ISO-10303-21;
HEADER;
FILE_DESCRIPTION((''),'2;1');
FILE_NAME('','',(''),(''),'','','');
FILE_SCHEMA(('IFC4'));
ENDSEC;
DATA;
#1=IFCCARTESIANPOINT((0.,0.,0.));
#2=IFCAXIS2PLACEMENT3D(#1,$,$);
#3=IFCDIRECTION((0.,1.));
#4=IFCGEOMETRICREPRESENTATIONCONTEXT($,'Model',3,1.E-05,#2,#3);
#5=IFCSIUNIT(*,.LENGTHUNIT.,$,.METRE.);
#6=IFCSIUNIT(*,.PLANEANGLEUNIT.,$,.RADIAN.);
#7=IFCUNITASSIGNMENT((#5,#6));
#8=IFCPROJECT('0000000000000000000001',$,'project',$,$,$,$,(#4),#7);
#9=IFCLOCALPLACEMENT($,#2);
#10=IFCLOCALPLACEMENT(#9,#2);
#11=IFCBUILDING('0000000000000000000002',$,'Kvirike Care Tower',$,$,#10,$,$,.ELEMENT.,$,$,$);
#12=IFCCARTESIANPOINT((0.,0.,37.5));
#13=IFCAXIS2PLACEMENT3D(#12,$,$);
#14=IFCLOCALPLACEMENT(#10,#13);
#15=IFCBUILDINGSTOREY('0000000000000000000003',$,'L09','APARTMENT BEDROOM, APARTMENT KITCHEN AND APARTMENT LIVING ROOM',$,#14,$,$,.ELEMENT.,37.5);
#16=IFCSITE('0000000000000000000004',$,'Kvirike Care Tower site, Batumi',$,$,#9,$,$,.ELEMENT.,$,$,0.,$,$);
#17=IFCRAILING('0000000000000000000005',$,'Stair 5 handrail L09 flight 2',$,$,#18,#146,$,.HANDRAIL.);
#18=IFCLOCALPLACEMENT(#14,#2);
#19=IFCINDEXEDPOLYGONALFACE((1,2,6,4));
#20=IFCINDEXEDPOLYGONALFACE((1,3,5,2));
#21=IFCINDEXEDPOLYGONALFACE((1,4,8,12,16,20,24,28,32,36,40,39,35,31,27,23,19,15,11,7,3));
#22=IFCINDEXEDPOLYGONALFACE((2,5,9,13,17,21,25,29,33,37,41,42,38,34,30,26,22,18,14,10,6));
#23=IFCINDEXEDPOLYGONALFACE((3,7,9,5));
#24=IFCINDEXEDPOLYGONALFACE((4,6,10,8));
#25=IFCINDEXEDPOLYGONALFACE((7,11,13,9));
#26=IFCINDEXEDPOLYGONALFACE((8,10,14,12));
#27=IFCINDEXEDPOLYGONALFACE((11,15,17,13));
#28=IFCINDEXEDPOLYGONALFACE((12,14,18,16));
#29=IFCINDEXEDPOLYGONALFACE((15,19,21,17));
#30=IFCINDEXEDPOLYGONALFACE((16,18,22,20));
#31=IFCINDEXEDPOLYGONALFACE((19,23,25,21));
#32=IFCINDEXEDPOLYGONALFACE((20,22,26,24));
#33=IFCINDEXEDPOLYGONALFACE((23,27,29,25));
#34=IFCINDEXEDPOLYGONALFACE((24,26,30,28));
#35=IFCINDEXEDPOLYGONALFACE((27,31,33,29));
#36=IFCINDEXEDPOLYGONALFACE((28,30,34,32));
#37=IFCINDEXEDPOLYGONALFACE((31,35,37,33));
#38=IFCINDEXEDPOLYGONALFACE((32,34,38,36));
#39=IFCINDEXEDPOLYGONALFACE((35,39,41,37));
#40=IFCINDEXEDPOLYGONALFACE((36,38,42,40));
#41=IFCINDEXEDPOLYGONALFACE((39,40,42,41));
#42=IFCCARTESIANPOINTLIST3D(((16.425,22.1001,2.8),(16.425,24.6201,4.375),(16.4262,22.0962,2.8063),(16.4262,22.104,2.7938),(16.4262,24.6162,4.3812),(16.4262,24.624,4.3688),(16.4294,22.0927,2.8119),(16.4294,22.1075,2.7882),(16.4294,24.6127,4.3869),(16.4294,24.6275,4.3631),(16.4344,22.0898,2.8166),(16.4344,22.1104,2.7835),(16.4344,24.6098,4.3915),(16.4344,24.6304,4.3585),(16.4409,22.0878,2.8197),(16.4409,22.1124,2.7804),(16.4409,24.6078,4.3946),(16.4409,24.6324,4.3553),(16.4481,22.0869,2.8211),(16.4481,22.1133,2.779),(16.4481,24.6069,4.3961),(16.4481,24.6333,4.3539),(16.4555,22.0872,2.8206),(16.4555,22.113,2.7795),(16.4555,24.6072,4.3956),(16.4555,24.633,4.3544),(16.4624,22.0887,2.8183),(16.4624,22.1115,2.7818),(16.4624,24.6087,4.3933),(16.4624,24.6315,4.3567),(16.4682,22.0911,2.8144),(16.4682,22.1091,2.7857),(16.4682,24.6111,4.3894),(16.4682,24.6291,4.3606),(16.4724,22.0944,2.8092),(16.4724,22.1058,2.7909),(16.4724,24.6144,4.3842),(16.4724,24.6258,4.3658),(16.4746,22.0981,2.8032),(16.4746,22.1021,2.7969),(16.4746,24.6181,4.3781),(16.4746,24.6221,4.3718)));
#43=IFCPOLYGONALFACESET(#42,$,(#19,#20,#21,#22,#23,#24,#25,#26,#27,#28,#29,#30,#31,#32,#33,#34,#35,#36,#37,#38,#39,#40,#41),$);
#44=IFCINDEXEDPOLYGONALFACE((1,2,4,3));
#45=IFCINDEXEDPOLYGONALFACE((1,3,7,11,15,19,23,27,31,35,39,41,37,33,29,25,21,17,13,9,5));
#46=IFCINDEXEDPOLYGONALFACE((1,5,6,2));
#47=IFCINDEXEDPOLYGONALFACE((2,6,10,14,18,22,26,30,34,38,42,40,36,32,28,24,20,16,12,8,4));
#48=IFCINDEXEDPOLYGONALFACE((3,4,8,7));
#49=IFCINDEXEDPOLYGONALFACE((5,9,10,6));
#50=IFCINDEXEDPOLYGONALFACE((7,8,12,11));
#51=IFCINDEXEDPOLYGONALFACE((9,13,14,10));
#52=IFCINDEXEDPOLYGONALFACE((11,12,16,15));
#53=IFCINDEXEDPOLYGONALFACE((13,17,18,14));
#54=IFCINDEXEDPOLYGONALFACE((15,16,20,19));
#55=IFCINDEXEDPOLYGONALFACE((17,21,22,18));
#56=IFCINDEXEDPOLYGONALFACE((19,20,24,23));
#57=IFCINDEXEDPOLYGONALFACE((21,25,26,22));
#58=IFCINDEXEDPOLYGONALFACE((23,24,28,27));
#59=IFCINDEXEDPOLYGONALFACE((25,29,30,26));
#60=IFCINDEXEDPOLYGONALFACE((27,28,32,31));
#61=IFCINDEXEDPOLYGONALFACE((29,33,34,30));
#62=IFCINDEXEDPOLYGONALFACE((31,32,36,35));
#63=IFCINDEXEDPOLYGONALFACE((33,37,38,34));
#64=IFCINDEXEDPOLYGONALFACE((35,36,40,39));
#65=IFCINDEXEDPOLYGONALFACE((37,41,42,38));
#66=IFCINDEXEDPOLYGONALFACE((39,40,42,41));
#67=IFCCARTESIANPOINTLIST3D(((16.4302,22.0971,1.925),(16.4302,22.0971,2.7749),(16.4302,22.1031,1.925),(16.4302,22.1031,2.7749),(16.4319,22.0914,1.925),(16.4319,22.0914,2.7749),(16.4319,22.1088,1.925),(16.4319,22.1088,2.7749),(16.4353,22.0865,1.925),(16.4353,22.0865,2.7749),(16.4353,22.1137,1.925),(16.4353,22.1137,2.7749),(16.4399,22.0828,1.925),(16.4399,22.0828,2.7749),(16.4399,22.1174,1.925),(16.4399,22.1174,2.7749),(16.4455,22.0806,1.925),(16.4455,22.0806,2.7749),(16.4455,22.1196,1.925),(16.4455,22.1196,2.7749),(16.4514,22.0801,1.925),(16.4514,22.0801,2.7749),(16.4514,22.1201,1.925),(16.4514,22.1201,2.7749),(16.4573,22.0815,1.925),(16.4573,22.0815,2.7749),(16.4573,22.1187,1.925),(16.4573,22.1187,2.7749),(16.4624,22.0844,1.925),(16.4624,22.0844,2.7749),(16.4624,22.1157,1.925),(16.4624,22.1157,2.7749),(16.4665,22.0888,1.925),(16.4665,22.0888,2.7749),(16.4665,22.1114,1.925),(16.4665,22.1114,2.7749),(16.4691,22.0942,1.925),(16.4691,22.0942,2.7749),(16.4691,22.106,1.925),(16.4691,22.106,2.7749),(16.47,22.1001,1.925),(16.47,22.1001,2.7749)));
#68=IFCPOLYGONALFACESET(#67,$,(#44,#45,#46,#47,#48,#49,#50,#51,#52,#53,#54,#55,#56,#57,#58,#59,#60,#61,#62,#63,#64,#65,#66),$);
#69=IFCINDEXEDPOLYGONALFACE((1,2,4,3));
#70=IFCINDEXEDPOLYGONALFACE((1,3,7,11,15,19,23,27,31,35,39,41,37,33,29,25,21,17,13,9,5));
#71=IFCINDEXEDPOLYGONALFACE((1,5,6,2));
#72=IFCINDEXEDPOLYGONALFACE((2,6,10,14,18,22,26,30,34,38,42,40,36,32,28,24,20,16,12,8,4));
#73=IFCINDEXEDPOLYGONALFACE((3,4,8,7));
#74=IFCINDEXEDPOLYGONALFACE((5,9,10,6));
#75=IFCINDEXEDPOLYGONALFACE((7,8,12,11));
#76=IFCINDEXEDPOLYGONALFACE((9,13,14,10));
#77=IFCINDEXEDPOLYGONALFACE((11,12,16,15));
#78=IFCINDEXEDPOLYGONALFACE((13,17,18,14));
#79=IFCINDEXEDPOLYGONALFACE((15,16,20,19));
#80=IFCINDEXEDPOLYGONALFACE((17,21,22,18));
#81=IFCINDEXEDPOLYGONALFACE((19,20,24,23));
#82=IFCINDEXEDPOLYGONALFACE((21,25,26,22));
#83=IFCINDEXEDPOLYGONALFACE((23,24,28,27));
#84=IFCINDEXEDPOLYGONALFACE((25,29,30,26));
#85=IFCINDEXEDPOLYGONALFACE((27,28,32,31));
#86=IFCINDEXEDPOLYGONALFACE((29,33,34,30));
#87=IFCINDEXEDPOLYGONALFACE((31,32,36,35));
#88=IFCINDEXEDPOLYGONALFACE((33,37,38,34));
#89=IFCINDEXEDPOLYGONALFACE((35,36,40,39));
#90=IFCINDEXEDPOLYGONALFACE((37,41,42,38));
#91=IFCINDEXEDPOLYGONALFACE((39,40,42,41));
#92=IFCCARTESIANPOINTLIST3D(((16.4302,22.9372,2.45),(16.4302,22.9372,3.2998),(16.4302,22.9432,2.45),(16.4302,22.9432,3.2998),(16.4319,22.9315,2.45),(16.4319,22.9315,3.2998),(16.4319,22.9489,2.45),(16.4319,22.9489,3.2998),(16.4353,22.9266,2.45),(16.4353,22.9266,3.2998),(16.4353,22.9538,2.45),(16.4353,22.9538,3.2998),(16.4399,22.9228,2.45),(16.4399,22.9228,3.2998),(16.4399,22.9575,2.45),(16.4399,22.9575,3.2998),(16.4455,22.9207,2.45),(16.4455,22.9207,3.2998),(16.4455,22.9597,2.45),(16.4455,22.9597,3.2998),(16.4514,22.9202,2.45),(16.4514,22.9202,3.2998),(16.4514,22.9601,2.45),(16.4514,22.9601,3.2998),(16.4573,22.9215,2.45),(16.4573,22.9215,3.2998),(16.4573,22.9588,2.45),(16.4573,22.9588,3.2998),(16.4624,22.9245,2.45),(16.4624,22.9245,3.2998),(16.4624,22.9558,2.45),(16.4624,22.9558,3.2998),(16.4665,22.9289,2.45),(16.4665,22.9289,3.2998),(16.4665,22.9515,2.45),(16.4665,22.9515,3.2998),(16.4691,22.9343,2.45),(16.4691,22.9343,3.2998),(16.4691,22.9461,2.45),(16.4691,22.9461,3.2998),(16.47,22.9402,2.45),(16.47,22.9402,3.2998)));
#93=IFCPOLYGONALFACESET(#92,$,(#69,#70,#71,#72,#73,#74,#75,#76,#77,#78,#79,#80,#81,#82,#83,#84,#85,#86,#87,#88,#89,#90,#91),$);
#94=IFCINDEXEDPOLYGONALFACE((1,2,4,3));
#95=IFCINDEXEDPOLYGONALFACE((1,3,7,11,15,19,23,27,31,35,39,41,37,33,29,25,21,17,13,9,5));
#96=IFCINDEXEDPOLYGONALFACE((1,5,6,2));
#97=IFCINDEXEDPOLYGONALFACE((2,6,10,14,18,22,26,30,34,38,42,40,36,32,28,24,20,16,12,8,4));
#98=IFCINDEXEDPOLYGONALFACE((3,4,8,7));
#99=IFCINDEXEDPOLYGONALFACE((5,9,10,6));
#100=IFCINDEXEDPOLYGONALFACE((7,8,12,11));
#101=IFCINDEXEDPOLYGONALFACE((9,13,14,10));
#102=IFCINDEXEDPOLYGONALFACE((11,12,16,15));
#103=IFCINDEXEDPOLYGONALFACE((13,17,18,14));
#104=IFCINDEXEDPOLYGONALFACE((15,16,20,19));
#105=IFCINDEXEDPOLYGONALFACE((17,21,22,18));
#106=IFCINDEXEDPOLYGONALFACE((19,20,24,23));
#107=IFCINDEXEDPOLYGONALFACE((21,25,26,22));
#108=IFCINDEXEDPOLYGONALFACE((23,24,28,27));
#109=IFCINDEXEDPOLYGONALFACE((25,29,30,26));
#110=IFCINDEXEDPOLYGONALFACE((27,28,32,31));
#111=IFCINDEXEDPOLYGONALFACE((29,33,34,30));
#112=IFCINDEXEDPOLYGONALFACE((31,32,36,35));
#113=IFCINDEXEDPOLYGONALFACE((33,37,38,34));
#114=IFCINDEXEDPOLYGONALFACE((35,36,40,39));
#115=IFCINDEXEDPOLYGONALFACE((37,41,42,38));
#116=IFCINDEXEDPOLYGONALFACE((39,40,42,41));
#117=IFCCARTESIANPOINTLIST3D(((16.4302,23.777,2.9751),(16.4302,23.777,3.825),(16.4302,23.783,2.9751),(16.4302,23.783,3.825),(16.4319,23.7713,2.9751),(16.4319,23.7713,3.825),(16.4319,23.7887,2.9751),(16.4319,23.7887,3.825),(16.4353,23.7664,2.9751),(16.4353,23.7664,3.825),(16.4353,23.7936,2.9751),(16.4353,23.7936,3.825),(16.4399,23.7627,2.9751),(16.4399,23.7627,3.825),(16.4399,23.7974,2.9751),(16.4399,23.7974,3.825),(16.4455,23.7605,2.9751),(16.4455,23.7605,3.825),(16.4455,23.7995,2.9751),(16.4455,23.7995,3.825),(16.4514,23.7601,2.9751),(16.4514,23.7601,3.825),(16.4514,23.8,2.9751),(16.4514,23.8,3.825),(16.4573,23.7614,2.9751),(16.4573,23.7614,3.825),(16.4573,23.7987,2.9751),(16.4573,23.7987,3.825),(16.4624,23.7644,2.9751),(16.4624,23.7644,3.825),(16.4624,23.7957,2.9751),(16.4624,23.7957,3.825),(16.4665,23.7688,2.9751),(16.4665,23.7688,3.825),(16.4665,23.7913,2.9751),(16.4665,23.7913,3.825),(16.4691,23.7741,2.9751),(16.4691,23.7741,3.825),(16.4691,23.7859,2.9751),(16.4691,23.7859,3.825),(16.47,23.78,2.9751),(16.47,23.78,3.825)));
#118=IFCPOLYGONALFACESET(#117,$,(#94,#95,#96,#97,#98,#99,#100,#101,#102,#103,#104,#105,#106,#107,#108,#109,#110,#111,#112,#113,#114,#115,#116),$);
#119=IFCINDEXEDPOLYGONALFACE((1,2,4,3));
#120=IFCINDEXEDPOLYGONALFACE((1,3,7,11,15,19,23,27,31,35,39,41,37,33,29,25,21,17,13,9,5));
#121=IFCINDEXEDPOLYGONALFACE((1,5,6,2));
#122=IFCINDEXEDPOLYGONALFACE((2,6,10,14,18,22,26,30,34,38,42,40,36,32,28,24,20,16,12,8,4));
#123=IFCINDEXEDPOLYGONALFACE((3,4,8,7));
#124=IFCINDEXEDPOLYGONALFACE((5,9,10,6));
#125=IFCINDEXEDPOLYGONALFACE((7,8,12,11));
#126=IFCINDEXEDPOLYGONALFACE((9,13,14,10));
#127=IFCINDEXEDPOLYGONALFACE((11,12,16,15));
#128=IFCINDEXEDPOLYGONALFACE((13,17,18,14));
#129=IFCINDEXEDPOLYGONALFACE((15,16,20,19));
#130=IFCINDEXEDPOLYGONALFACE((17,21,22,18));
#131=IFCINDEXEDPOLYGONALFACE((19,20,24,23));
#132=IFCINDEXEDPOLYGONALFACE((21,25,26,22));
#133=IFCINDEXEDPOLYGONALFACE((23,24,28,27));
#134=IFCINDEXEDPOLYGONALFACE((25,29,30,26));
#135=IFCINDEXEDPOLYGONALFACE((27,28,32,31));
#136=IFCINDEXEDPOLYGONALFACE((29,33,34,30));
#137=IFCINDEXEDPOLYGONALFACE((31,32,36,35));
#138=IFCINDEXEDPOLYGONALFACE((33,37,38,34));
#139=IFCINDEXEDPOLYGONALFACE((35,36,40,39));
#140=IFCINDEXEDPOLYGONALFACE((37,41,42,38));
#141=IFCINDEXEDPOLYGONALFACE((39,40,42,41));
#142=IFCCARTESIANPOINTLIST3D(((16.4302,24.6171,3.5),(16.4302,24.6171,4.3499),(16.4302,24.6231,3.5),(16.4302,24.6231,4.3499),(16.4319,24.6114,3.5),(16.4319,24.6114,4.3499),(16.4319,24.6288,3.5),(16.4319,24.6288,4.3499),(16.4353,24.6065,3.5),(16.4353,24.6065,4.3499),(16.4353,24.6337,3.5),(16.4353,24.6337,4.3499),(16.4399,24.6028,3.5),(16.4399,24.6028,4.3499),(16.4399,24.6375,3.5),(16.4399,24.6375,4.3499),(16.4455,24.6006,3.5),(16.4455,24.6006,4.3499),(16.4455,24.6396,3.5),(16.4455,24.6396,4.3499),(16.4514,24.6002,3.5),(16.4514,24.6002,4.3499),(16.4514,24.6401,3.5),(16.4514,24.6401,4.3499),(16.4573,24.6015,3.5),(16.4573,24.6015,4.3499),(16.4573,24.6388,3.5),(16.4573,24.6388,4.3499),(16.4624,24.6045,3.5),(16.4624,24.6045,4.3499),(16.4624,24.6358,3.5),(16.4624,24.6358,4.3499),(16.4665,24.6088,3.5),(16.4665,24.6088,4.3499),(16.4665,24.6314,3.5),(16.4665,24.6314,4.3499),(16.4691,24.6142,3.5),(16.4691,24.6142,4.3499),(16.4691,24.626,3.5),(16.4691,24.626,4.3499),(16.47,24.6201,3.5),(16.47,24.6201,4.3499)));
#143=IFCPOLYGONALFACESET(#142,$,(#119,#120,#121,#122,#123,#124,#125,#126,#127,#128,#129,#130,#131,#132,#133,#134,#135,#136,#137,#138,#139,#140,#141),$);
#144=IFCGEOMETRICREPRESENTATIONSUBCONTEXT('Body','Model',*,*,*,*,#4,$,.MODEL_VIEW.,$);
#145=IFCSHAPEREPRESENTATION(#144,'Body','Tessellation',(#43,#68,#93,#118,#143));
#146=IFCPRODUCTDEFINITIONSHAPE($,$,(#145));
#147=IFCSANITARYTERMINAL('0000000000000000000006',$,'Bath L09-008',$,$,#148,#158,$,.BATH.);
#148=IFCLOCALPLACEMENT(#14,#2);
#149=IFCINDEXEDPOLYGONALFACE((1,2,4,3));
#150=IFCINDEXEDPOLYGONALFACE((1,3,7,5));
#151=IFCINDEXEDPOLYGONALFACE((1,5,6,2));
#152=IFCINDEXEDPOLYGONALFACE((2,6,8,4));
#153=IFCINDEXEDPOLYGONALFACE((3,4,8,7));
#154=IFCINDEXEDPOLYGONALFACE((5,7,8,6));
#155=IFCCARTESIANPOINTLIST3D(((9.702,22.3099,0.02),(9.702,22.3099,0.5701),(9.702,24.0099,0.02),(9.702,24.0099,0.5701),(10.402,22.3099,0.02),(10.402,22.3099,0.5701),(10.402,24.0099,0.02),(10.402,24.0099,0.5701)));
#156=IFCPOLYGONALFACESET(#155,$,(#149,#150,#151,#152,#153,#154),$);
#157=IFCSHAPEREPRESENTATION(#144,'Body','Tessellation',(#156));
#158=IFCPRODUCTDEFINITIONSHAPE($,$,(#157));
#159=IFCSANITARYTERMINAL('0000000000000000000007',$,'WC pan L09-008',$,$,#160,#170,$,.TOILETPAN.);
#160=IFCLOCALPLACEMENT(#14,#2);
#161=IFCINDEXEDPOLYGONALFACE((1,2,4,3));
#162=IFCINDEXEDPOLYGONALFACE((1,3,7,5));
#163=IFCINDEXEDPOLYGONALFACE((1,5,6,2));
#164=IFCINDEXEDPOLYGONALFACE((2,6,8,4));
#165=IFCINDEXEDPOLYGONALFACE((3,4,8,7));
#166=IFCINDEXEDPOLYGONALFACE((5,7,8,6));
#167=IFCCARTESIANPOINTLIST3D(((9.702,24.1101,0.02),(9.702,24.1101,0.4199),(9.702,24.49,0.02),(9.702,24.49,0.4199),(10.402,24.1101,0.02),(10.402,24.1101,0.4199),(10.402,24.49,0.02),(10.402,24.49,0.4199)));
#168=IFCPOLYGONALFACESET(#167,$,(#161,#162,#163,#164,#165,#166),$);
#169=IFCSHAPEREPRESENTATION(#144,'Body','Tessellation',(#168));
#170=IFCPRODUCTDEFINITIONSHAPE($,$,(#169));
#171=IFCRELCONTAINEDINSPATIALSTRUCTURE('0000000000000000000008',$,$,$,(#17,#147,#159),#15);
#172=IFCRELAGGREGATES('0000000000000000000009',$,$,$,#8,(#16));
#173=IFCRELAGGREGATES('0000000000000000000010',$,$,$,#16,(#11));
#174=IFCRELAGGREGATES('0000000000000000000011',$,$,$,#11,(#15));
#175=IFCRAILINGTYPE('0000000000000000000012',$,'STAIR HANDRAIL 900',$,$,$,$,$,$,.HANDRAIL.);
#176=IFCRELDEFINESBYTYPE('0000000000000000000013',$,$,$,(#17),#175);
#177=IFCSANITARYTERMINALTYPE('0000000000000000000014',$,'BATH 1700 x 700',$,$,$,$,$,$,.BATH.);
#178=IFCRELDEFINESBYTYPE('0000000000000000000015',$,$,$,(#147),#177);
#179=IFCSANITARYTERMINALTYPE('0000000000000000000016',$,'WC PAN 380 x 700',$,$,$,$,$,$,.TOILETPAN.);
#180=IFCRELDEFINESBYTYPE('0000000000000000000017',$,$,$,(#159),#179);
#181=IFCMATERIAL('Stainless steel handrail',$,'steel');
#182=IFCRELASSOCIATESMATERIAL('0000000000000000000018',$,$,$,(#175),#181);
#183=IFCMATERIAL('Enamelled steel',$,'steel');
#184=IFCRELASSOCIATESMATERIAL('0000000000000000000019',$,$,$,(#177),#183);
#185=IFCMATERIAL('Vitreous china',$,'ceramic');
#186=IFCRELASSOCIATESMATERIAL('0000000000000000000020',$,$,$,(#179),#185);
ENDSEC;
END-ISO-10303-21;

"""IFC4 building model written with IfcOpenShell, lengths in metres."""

from ifc_helpers import new_model, si_unit, direction, frame, origin, origin_2d, place, context, subcontext, project, spatial, rectangle, circle, extrude, material, type_object, element, save


model = new_model("IFC4")

# Units and contexts
model_context = context("Model", 3, precision=1e-05, world=origin(), true_north=direction((0.0, 1.0)))
body_context = subcontext(model_context, "Body", "Model", "MODEL_VIEW")
ifc_project = project(units=[si_unit("LENGTHUNIT", "METRE"), si_unit("PLANEANGLEUNIT", "RADIAN")], contexts=[model_context])

# Site, building, storey
site_placement = place(None, origin())
site = spatial("IfcSite", under=ifc_project, at=site_placement, Name="Kvirike Care Tower site, Batumi", CompositionType="ELEMENT", RefElevation=0.0)
building_placement = place(site_placement, origin())
building = spatial("IfcBuilding", under=site, at=building_placement, Name="Kvirike Care Tower", CompositionType="ELEMENT")
storey_placement = place(building_placement, frame((0.0, 0.0, 37.5)))
storey = spatial("IfcBuildingStorey", under=building, at=storey_placement, Name="L09", Description="APARTMENT BEDROOM, APARTMENT KITCHEN AND APARTMENT LIVING ROOM", CompositionType="ELEMENT", Elevation=37.5)

# Railing
ifc_material_1 = material(Name="Stainless steel handrail", Category="steel")
railing_type = type_object("IfcRailingType", Name="STAIR HANDRAIL 900", PredefinedType="HANDRAIL", material=ifc_material_1)
railing_placement = place(storey_placement, frame((16.45, 22.1001, 1.925)))
element("IfcRailing", 1, at=railing_placement, inside=storey, type_object=railing_type, Name="Stair 5 handrail L09 flight 2", PredefinedType="HANDRAIL", context=body_context, shape_type="SweptSolid", body=[
    extrude(circle(Radius=0.0249, at=origin_2d()), frame((0.0, 0.0, 0.875), z_axis=(0.0, 0.848008, 0.529984), x_axis=(-1.0, 0.0, 0.0)), (0.0, 0.0, 1.0), 2.9717),
    extrude(circle(Radius=0.02, at=origin_2d()), origin(), (0.0, 0.0, 1.0), 0.8499),
    extrude(circle(Radius=0.02, at=origin_2d()), frame((0.0, 0.8401, 0.5249)), (0.0, 0.0, 1.0), 0.8499),
    extrude(circle(Radius=0.02, at=origin_2d()), frame((0.0, 1.6799, 1.05)), (0.0, 0.0, 1.0), 0.8499),
    extrude(circle(Radius=0.02, at=origin_2d()), frame((0.0, 2.52, 1.575)), (0.0, 0.0, 1.0), 0.8499),
])

# Sanitary terminals
ifc_material_2 = material(Name="Enamelled steel", Category="steel")
sanitary_terminal_type_1 = type_object("IfcSanitaryTerminalType", Name="BATH 1700 x 700", PredefinedType="BATH", material=ifc_material_2)
sanitary_terminal_1_placement = place(storey_placement, frame((10.052, 23.1599, 0.02), z_axis=(0.0, 0.0, 1.0), x_axis=(0.0, 1.0, 0.0)))
element("IfcSanitaryTerminal", 2, at=sanitary_terminal_1_placement, inside=storey, type_object=sanitary_terminal_type_1, Name="Bath L09-008", PredefinedType="BATH", context=body_context, shape_type="SweptSolid", body=[
    extrude(rectangle(XDim=1.7, YDim=0.7, at=origin_2d()), origin(), (0.0, 0.0, 1.0), 0.55),
])
ifc_material_3 = material(Name="Vitreous china", Category="ceramic")
sanitary_terminal_type_2 = type_object("IfcSanitaryTerminalType", Name="WC PAN 380 x 700", PredefinedType="TOILETPAN", material=ifc_material_3)
sanitary_terminal_2_placement = place(storey_placement, frame((10.052, 24.3, 0.02), z_axis=(0.0, 0.0, 1.0), x_axis=(0.0, 1.0, 0.0)))
element("IfcSanitaryTerminal", 3, at=sanitary_terminal_2_placement, inside=storey, type_object=sanitary_terminal_type_2, Name="WC pan L09-008", PredefinedType="TOILETPAN", context=body_context, shape_type="SweptSolid", body=[
    extrude(rectangle(XDim=0.3799, YDim=0.7, at=origin_2d()), origin(), (0.0, 0.0, 1.0), 0.3999),
])

save(model, "model.ifc")
